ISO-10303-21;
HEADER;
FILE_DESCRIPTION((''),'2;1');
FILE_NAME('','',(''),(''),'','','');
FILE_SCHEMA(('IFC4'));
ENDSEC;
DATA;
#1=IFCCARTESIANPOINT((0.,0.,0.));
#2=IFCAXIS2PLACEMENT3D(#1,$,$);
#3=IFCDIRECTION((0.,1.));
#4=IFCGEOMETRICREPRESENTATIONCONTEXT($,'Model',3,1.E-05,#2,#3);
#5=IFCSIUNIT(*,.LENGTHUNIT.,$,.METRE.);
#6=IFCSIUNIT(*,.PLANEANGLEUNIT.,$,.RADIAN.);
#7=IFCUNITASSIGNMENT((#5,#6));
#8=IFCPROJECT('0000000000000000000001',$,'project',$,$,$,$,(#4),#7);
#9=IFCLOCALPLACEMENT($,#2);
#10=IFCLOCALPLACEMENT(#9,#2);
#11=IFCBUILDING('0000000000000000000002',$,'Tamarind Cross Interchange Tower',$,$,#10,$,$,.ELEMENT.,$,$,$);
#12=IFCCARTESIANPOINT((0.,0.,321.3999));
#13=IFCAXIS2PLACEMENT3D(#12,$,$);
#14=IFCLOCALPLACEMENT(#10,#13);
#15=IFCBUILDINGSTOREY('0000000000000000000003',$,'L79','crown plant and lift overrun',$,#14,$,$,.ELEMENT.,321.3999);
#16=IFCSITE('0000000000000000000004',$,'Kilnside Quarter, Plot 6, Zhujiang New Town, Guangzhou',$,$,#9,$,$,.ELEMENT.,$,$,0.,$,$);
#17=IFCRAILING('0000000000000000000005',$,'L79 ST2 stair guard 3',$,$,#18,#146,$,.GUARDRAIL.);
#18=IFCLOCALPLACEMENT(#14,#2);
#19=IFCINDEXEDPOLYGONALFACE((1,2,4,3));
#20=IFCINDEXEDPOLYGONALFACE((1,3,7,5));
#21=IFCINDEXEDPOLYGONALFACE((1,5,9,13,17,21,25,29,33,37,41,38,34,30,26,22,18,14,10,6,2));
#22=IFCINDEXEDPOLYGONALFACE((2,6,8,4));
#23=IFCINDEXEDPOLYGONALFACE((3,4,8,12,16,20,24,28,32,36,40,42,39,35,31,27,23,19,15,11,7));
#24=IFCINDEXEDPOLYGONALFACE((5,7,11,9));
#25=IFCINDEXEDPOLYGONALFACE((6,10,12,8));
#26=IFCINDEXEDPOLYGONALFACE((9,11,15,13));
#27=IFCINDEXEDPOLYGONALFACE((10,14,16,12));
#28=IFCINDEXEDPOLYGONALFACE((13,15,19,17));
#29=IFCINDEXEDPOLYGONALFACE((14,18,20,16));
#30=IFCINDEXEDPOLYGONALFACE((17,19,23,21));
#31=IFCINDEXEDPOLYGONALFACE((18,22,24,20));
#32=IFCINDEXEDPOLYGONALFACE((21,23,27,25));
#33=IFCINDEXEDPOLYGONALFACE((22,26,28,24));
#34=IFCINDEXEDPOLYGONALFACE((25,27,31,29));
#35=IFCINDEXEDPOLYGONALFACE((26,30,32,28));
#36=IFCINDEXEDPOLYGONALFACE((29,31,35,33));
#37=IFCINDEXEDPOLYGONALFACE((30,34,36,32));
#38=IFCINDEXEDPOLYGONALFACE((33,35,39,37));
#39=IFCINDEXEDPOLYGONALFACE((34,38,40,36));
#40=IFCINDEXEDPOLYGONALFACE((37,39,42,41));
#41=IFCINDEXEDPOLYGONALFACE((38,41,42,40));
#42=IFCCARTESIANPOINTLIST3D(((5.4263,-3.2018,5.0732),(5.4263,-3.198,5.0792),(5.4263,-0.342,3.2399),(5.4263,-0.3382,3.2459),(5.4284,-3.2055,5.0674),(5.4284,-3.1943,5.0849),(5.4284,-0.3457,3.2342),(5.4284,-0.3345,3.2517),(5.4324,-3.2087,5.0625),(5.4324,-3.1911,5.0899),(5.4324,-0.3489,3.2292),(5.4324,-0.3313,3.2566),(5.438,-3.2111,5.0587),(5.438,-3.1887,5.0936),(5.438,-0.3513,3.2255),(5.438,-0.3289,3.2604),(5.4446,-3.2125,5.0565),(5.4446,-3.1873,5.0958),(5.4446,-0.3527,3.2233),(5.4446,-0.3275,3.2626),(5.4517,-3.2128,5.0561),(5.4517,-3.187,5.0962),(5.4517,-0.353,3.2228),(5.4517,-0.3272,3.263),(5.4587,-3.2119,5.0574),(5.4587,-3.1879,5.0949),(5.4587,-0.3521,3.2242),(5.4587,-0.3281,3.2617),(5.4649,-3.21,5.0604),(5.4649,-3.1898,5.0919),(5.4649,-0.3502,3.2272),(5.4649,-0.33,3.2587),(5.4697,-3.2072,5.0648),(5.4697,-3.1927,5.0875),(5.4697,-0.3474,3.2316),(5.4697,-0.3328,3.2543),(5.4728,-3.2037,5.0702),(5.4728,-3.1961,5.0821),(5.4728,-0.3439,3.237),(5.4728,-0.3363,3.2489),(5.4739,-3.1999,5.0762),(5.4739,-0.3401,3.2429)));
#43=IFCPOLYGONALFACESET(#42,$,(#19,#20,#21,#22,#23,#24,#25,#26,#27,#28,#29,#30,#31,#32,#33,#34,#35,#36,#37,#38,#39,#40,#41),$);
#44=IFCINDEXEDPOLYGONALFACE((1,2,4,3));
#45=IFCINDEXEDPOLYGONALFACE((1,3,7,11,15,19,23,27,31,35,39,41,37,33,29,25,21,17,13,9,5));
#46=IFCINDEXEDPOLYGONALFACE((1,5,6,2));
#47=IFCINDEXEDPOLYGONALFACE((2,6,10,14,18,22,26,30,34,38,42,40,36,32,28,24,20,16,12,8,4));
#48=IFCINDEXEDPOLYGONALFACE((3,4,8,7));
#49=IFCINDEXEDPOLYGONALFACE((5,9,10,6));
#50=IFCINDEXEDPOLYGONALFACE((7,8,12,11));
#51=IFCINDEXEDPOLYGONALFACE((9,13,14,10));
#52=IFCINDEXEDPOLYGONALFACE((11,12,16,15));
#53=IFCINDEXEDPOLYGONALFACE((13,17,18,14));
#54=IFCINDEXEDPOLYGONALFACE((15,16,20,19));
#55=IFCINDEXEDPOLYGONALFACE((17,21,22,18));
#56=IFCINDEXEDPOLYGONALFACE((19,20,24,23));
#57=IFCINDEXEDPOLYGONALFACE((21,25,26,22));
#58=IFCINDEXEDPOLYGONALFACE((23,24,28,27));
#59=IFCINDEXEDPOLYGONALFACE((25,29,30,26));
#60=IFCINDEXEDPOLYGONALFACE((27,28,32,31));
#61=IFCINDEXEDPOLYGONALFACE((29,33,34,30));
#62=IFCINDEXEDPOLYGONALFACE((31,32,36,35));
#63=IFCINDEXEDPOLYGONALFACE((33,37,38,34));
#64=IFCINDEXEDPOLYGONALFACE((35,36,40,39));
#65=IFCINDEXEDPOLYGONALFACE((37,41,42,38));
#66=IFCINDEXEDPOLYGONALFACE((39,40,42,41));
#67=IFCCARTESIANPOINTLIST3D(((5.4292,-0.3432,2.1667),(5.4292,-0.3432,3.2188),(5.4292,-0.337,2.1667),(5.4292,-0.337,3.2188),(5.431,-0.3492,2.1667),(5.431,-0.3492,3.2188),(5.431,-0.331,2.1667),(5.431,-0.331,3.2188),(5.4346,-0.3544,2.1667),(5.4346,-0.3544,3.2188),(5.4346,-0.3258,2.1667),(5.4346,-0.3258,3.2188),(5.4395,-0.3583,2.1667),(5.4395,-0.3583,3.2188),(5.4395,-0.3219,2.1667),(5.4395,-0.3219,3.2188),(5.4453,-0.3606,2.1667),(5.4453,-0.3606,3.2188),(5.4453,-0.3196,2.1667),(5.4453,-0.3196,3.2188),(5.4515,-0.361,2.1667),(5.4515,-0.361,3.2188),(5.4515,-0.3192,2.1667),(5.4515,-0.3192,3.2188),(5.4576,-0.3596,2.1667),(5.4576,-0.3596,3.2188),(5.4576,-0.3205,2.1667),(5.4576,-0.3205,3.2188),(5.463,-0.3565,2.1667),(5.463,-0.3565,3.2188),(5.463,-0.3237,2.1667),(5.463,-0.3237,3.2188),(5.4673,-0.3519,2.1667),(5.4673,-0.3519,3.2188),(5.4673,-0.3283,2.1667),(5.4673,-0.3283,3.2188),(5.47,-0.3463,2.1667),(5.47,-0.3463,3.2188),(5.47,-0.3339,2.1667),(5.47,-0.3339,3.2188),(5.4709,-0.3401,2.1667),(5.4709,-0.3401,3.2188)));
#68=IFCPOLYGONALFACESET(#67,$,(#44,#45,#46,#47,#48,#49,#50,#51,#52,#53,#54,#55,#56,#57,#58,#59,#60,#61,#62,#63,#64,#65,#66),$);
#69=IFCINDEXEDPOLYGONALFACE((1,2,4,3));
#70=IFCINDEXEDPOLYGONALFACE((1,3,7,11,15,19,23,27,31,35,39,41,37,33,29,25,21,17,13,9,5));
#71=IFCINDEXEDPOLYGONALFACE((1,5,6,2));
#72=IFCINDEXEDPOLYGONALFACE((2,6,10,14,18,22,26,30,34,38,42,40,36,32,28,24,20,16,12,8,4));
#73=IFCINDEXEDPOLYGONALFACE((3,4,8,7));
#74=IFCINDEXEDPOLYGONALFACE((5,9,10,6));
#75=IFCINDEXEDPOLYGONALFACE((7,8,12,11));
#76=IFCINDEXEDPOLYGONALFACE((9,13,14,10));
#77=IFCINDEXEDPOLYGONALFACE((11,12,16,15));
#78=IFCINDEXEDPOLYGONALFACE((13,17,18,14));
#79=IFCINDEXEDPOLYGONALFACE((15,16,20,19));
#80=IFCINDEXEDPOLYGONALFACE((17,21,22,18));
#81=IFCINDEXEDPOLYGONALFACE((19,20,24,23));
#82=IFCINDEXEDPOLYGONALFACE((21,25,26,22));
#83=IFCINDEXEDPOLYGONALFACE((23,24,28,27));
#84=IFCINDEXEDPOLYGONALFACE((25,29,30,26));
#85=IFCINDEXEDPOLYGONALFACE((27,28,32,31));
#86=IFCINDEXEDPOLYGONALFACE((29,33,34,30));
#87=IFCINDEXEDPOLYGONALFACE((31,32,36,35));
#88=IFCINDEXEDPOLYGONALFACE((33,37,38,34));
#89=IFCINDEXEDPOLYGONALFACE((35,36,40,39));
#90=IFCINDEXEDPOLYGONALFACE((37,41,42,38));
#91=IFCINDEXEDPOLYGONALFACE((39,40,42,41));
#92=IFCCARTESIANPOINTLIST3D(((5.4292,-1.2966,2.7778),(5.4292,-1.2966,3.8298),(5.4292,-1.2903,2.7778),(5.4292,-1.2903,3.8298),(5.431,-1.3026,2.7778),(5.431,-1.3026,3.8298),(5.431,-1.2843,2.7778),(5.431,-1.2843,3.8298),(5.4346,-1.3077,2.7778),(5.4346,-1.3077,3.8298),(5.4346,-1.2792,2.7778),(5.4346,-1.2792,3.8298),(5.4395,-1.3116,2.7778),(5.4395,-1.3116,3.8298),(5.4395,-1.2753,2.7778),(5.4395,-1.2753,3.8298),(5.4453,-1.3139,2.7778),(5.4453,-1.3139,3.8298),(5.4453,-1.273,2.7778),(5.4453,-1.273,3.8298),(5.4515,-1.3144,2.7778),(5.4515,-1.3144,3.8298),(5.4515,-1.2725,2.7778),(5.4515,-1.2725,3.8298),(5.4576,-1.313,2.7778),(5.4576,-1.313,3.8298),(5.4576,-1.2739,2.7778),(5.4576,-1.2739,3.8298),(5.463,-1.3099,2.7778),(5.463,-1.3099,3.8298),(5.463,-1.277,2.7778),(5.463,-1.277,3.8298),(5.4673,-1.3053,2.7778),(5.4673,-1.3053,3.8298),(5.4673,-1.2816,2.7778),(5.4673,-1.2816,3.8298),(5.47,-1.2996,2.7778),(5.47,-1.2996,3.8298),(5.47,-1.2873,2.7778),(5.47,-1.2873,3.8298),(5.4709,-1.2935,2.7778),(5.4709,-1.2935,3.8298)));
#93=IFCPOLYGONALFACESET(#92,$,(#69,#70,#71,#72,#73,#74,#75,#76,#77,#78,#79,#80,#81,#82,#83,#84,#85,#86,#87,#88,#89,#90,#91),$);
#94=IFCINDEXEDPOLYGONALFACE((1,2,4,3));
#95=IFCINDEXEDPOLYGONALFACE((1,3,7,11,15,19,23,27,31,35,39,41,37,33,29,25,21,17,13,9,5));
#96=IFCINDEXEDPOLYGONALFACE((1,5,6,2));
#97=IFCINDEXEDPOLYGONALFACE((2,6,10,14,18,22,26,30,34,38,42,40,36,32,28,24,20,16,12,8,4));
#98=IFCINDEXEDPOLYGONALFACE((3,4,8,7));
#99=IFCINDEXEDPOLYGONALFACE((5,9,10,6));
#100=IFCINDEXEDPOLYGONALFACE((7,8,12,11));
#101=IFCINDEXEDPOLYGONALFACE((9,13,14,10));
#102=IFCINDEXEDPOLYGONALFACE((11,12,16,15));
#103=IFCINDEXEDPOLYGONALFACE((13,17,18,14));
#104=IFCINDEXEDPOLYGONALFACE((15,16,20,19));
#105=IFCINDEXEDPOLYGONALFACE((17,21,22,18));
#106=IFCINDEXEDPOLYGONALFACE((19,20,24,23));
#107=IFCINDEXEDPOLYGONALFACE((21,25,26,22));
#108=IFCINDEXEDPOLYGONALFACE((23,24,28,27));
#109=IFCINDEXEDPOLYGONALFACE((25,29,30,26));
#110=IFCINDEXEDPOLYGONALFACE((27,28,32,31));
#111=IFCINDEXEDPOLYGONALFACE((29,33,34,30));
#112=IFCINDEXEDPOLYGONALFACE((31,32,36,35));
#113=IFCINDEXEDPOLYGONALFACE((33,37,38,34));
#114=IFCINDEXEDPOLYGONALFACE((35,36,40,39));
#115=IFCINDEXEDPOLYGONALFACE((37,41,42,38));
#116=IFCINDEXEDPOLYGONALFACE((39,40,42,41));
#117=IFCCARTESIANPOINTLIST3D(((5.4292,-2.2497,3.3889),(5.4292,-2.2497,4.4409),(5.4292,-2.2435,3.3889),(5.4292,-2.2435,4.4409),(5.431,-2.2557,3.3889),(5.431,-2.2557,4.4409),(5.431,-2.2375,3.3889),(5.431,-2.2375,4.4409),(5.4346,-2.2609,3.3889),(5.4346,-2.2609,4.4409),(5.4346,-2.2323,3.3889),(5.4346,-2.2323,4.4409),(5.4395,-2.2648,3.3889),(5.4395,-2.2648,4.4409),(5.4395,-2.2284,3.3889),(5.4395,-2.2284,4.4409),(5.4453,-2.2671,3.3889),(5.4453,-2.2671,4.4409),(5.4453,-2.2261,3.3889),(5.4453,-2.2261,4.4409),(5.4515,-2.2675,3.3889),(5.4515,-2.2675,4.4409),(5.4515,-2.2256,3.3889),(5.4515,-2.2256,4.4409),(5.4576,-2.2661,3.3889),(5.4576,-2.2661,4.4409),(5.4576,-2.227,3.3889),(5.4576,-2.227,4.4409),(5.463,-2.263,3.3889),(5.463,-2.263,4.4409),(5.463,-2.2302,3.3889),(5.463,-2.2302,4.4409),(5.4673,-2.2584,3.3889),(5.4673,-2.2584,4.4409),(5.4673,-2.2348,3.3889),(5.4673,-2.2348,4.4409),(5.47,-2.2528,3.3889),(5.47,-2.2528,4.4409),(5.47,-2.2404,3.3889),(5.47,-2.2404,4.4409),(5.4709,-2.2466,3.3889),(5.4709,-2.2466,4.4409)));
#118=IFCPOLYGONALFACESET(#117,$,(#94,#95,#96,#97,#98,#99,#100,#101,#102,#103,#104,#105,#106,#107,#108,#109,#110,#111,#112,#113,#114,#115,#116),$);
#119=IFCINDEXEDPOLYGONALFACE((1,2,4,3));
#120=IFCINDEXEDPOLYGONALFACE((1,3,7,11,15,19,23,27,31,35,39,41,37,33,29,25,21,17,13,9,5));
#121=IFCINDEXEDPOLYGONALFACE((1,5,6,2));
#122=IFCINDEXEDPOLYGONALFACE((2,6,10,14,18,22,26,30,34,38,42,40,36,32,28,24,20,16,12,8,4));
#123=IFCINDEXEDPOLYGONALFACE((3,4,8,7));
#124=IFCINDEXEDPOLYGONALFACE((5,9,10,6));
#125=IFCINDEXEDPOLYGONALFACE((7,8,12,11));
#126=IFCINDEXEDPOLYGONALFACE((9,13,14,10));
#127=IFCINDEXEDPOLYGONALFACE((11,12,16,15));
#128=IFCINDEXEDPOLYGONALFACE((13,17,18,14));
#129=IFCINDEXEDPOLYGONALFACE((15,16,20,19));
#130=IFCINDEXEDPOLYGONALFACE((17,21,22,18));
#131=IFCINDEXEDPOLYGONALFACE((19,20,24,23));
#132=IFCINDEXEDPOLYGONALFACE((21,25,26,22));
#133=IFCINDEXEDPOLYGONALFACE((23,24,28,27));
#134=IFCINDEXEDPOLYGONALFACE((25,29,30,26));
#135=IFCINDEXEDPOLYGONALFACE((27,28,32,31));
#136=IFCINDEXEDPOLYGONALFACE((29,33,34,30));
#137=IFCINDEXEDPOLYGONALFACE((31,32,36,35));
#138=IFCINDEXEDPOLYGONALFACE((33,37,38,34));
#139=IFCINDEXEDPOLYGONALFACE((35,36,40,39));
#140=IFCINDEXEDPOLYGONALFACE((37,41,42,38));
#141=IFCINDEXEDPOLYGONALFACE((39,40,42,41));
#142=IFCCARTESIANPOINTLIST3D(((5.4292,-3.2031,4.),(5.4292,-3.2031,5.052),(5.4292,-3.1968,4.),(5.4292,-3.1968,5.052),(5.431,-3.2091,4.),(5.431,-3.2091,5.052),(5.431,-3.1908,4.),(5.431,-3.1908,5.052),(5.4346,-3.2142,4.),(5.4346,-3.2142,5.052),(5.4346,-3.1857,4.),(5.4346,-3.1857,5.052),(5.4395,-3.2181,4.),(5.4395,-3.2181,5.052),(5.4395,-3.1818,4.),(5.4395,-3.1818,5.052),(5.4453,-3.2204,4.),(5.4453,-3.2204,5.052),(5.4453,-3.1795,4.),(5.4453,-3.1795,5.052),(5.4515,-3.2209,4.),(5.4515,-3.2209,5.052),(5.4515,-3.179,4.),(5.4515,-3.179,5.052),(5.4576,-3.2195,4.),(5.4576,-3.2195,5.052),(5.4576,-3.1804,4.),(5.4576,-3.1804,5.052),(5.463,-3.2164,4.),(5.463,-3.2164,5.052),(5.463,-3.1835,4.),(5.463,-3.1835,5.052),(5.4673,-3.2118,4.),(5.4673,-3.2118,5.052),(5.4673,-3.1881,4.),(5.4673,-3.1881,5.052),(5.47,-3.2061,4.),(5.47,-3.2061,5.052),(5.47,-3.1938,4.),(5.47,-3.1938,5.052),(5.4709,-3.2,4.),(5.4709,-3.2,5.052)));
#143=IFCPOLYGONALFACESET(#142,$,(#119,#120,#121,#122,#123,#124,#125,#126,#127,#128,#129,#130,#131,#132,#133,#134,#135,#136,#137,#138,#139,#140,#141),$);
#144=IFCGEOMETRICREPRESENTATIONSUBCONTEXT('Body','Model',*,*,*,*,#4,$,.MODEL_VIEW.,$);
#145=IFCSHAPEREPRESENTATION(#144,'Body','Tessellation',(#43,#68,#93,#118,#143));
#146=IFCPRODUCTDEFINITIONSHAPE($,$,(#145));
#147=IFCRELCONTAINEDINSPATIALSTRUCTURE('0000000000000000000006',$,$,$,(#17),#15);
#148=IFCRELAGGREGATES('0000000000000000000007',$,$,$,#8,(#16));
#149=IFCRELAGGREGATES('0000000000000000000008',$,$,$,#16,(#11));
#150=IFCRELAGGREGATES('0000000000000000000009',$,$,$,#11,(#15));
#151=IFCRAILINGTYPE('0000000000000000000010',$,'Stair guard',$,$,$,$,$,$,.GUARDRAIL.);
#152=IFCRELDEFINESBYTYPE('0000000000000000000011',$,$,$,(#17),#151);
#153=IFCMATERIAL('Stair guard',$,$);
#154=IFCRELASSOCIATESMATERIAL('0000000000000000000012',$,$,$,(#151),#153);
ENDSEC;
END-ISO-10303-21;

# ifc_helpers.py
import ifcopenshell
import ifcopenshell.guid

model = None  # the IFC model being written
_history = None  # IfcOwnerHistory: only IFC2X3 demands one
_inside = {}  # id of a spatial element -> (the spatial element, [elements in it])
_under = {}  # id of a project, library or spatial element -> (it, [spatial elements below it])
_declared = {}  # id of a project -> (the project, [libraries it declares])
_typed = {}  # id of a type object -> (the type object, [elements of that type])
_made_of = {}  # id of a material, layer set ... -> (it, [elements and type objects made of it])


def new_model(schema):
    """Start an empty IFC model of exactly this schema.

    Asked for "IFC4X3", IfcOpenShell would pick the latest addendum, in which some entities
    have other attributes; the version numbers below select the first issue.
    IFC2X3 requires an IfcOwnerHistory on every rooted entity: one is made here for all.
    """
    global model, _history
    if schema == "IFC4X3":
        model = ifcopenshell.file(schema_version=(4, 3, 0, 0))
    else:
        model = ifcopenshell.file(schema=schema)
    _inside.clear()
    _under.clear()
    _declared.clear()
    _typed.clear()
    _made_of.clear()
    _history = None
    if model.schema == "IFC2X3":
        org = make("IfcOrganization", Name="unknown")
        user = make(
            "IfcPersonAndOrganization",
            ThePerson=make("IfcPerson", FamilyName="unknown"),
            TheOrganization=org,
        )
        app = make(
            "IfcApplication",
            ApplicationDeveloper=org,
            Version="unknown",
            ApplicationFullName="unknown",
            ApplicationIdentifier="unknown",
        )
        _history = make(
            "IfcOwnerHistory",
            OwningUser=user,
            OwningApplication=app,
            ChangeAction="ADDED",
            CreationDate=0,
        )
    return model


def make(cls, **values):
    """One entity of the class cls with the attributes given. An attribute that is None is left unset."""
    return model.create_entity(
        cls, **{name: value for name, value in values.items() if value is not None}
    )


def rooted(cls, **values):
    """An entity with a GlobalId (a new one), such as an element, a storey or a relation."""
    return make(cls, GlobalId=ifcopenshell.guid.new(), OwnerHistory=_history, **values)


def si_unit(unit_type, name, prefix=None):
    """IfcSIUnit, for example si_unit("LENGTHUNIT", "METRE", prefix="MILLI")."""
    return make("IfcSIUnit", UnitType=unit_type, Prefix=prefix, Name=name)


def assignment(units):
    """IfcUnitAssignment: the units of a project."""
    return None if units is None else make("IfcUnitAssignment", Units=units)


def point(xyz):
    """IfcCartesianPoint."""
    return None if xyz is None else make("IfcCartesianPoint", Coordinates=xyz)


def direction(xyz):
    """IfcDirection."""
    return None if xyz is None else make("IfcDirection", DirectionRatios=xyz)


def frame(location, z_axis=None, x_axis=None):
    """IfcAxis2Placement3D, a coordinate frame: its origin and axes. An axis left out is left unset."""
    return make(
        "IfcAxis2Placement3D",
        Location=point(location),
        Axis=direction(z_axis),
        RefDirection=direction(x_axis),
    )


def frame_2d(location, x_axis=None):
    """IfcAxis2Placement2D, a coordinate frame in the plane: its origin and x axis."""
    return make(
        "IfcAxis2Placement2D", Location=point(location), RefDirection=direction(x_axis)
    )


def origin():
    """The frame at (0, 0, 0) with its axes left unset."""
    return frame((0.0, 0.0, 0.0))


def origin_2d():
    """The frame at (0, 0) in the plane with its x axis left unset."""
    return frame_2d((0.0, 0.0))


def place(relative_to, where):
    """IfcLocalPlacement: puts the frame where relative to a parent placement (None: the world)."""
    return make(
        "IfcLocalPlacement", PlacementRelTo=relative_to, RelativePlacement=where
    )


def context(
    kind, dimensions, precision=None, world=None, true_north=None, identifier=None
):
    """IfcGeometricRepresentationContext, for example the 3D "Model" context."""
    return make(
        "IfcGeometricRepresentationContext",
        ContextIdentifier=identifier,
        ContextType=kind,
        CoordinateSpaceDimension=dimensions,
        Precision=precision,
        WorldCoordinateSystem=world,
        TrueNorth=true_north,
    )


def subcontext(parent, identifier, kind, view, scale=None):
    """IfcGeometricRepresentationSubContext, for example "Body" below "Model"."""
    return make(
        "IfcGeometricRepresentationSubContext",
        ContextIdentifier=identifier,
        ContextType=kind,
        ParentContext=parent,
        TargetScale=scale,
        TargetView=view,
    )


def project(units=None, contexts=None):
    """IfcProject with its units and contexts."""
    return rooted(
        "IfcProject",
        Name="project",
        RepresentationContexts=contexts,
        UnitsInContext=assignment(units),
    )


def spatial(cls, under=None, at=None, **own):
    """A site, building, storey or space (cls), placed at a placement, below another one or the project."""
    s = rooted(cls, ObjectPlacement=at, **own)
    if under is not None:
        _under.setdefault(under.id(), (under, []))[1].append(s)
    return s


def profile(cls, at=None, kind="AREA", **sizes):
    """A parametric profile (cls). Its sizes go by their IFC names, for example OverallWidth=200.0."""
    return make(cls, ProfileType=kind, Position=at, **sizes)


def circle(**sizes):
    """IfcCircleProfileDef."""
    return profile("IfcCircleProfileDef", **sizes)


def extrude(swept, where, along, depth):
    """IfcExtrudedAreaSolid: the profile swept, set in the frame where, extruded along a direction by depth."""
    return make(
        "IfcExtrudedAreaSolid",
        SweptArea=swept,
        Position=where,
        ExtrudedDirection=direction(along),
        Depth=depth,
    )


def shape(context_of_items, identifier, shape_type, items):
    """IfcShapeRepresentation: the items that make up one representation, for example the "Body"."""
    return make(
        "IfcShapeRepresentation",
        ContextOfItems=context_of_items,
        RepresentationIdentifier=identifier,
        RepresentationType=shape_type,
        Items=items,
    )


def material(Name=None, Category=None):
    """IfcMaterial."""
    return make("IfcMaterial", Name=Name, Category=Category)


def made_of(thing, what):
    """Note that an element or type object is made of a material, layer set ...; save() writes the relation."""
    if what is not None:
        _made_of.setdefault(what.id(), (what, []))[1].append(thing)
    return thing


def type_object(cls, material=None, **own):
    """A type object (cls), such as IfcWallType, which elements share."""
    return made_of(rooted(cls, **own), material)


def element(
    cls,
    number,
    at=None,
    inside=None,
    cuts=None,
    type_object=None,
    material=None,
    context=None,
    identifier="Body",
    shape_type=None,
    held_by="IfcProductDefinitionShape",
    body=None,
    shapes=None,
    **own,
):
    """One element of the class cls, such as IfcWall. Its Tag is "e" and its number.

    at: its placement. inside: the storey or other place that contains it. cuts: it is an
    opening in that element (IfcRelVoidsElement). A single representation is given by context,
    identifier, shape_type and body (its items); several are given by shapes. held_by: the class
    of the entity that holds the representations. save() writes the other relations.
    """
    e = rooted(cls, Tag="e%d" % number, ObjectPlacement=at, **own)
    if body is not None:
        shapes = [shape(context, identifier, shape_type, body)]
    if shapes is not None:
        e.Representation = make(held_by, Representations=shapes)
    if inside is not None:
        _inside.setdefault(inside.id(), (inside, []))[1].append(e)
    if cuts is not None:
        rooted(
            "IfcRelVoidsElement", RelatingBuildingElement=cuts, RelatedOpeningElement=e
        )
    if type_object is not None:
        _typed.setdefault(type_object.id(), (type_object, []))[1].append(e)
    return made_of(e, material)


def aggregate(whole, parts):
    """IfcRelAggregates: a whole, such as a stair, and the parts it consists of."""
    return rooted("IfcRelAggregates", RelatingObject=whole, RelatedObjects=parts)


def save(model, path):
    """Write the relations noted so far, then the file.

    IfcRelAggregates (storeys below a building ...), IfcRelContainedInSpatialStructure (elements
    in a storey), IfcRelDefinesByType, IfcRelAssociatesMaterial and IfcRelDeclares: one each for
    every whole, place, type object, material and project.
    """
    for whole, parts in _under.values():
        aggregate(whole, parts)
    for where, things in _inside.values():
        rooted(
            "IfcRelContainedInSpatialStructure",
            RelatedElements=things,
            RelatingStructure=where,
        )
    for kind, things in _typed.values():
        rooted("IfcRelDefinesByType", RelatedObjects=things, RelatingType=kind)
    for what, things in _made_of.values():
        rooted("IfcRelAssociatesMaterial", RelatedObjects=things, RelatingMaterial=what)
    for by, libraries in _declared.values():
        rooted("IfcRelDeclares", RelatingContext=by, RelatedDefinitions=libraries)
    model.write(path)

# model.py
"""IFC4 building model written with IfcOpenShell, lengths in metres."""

from ifc_helpers import new_model, si_unit, direction, frame, origin, origin_2d, place, context, subcontext, project, spatial, circle, extrude, material, type_object, element, save


model = new_model("IFC4")

# Units and contexts
model_context = context("Model", 3, precision=1e-05, world=origin(), true_north=direction((0.0, 1.0)))
body_context = subcontext(model_context, "Body", "Model", "MODEL_VIEW")
ifc_project = project(units=[si_unit("LENGTHUNIT", "METRE"), si_unit("PLANEANGLEUNIT", "RADIAN")], contexts=[model_context])

# Site, building, storey
site_placement = place(None, origin())
site = spatial("IfcSite", under=ifc_project, at=site_placement, Name="Kilnside Quarter, Plot 6, Zhujiang New Town, Guangzhou", CompositionType="ELEMENT", RefElevation=0.0)
building_placement = place(site_placement, origin())
building = spatial("IfcBuilding", under=site, at=building_placement, Name="Tamarind Cross Interchange Tower", CompositionType="ELEMENT")
storey_placement = place(building_placement, frame((0.0, 0.0, 321.3999)))
storey = spatial("IfcBuildingStorey", under=building, at=storey_placement, Name="L79", Description="crown plant and lift overrun", CompositionType="ELEMENT", Elevation=321.3999)

# Railing
ifc_material_1 = material(Name="Stair guard")
railing_type_1 = type_object("IfcRailingType", Name="Stair guard", PredefinedType="GUARDRAIL", material=ifc_material_1)
railing_1_placement = place(storey_placement, frame((5.45, -0.3401, 2.1667)))
element("IfcRailing", 1, at=railing_1_placement, inside=storey, type_object=railing_type_1, Name="L79 ST2 stair guard 3", PredefinedType="GUARDRAIL", context=body_context, shape_type="SweptSolid", body=[
    extrude(circle(Radius=0.0239, at=origin_2d()), frame((0.0, 0.0, 1.0762), z_axis=(0.0, -0.841878, 0.539667), x_axis=(1.0, 0.0, 0.0)), (0.0, 0.0, 1.0), 3.397),
    extrude(circle(Radius=0.021, at=origin_2d()), origin(), (0.0, 0.0, 1.0), 1.052),
    extrude(circle(Radius=0.021, at=origin_2d()), frame((0.0, -0.9534, 0.6111)), (0.0, 0.0, 1.0), 1.052),
    extrude(circle(Radius=0.021, at=origin_2d()), frame((0.0, -1.9065, 1.2222)), (0.0, 0.0, 1.0), 1.052),
    extrude(circle(Radius=0.021, at=origin_2d()), frame((0.0, -2.8599, 1.8333)), (0.0, 0.0, 1.0), 1.052),
])

save(model, "model.ifc")
